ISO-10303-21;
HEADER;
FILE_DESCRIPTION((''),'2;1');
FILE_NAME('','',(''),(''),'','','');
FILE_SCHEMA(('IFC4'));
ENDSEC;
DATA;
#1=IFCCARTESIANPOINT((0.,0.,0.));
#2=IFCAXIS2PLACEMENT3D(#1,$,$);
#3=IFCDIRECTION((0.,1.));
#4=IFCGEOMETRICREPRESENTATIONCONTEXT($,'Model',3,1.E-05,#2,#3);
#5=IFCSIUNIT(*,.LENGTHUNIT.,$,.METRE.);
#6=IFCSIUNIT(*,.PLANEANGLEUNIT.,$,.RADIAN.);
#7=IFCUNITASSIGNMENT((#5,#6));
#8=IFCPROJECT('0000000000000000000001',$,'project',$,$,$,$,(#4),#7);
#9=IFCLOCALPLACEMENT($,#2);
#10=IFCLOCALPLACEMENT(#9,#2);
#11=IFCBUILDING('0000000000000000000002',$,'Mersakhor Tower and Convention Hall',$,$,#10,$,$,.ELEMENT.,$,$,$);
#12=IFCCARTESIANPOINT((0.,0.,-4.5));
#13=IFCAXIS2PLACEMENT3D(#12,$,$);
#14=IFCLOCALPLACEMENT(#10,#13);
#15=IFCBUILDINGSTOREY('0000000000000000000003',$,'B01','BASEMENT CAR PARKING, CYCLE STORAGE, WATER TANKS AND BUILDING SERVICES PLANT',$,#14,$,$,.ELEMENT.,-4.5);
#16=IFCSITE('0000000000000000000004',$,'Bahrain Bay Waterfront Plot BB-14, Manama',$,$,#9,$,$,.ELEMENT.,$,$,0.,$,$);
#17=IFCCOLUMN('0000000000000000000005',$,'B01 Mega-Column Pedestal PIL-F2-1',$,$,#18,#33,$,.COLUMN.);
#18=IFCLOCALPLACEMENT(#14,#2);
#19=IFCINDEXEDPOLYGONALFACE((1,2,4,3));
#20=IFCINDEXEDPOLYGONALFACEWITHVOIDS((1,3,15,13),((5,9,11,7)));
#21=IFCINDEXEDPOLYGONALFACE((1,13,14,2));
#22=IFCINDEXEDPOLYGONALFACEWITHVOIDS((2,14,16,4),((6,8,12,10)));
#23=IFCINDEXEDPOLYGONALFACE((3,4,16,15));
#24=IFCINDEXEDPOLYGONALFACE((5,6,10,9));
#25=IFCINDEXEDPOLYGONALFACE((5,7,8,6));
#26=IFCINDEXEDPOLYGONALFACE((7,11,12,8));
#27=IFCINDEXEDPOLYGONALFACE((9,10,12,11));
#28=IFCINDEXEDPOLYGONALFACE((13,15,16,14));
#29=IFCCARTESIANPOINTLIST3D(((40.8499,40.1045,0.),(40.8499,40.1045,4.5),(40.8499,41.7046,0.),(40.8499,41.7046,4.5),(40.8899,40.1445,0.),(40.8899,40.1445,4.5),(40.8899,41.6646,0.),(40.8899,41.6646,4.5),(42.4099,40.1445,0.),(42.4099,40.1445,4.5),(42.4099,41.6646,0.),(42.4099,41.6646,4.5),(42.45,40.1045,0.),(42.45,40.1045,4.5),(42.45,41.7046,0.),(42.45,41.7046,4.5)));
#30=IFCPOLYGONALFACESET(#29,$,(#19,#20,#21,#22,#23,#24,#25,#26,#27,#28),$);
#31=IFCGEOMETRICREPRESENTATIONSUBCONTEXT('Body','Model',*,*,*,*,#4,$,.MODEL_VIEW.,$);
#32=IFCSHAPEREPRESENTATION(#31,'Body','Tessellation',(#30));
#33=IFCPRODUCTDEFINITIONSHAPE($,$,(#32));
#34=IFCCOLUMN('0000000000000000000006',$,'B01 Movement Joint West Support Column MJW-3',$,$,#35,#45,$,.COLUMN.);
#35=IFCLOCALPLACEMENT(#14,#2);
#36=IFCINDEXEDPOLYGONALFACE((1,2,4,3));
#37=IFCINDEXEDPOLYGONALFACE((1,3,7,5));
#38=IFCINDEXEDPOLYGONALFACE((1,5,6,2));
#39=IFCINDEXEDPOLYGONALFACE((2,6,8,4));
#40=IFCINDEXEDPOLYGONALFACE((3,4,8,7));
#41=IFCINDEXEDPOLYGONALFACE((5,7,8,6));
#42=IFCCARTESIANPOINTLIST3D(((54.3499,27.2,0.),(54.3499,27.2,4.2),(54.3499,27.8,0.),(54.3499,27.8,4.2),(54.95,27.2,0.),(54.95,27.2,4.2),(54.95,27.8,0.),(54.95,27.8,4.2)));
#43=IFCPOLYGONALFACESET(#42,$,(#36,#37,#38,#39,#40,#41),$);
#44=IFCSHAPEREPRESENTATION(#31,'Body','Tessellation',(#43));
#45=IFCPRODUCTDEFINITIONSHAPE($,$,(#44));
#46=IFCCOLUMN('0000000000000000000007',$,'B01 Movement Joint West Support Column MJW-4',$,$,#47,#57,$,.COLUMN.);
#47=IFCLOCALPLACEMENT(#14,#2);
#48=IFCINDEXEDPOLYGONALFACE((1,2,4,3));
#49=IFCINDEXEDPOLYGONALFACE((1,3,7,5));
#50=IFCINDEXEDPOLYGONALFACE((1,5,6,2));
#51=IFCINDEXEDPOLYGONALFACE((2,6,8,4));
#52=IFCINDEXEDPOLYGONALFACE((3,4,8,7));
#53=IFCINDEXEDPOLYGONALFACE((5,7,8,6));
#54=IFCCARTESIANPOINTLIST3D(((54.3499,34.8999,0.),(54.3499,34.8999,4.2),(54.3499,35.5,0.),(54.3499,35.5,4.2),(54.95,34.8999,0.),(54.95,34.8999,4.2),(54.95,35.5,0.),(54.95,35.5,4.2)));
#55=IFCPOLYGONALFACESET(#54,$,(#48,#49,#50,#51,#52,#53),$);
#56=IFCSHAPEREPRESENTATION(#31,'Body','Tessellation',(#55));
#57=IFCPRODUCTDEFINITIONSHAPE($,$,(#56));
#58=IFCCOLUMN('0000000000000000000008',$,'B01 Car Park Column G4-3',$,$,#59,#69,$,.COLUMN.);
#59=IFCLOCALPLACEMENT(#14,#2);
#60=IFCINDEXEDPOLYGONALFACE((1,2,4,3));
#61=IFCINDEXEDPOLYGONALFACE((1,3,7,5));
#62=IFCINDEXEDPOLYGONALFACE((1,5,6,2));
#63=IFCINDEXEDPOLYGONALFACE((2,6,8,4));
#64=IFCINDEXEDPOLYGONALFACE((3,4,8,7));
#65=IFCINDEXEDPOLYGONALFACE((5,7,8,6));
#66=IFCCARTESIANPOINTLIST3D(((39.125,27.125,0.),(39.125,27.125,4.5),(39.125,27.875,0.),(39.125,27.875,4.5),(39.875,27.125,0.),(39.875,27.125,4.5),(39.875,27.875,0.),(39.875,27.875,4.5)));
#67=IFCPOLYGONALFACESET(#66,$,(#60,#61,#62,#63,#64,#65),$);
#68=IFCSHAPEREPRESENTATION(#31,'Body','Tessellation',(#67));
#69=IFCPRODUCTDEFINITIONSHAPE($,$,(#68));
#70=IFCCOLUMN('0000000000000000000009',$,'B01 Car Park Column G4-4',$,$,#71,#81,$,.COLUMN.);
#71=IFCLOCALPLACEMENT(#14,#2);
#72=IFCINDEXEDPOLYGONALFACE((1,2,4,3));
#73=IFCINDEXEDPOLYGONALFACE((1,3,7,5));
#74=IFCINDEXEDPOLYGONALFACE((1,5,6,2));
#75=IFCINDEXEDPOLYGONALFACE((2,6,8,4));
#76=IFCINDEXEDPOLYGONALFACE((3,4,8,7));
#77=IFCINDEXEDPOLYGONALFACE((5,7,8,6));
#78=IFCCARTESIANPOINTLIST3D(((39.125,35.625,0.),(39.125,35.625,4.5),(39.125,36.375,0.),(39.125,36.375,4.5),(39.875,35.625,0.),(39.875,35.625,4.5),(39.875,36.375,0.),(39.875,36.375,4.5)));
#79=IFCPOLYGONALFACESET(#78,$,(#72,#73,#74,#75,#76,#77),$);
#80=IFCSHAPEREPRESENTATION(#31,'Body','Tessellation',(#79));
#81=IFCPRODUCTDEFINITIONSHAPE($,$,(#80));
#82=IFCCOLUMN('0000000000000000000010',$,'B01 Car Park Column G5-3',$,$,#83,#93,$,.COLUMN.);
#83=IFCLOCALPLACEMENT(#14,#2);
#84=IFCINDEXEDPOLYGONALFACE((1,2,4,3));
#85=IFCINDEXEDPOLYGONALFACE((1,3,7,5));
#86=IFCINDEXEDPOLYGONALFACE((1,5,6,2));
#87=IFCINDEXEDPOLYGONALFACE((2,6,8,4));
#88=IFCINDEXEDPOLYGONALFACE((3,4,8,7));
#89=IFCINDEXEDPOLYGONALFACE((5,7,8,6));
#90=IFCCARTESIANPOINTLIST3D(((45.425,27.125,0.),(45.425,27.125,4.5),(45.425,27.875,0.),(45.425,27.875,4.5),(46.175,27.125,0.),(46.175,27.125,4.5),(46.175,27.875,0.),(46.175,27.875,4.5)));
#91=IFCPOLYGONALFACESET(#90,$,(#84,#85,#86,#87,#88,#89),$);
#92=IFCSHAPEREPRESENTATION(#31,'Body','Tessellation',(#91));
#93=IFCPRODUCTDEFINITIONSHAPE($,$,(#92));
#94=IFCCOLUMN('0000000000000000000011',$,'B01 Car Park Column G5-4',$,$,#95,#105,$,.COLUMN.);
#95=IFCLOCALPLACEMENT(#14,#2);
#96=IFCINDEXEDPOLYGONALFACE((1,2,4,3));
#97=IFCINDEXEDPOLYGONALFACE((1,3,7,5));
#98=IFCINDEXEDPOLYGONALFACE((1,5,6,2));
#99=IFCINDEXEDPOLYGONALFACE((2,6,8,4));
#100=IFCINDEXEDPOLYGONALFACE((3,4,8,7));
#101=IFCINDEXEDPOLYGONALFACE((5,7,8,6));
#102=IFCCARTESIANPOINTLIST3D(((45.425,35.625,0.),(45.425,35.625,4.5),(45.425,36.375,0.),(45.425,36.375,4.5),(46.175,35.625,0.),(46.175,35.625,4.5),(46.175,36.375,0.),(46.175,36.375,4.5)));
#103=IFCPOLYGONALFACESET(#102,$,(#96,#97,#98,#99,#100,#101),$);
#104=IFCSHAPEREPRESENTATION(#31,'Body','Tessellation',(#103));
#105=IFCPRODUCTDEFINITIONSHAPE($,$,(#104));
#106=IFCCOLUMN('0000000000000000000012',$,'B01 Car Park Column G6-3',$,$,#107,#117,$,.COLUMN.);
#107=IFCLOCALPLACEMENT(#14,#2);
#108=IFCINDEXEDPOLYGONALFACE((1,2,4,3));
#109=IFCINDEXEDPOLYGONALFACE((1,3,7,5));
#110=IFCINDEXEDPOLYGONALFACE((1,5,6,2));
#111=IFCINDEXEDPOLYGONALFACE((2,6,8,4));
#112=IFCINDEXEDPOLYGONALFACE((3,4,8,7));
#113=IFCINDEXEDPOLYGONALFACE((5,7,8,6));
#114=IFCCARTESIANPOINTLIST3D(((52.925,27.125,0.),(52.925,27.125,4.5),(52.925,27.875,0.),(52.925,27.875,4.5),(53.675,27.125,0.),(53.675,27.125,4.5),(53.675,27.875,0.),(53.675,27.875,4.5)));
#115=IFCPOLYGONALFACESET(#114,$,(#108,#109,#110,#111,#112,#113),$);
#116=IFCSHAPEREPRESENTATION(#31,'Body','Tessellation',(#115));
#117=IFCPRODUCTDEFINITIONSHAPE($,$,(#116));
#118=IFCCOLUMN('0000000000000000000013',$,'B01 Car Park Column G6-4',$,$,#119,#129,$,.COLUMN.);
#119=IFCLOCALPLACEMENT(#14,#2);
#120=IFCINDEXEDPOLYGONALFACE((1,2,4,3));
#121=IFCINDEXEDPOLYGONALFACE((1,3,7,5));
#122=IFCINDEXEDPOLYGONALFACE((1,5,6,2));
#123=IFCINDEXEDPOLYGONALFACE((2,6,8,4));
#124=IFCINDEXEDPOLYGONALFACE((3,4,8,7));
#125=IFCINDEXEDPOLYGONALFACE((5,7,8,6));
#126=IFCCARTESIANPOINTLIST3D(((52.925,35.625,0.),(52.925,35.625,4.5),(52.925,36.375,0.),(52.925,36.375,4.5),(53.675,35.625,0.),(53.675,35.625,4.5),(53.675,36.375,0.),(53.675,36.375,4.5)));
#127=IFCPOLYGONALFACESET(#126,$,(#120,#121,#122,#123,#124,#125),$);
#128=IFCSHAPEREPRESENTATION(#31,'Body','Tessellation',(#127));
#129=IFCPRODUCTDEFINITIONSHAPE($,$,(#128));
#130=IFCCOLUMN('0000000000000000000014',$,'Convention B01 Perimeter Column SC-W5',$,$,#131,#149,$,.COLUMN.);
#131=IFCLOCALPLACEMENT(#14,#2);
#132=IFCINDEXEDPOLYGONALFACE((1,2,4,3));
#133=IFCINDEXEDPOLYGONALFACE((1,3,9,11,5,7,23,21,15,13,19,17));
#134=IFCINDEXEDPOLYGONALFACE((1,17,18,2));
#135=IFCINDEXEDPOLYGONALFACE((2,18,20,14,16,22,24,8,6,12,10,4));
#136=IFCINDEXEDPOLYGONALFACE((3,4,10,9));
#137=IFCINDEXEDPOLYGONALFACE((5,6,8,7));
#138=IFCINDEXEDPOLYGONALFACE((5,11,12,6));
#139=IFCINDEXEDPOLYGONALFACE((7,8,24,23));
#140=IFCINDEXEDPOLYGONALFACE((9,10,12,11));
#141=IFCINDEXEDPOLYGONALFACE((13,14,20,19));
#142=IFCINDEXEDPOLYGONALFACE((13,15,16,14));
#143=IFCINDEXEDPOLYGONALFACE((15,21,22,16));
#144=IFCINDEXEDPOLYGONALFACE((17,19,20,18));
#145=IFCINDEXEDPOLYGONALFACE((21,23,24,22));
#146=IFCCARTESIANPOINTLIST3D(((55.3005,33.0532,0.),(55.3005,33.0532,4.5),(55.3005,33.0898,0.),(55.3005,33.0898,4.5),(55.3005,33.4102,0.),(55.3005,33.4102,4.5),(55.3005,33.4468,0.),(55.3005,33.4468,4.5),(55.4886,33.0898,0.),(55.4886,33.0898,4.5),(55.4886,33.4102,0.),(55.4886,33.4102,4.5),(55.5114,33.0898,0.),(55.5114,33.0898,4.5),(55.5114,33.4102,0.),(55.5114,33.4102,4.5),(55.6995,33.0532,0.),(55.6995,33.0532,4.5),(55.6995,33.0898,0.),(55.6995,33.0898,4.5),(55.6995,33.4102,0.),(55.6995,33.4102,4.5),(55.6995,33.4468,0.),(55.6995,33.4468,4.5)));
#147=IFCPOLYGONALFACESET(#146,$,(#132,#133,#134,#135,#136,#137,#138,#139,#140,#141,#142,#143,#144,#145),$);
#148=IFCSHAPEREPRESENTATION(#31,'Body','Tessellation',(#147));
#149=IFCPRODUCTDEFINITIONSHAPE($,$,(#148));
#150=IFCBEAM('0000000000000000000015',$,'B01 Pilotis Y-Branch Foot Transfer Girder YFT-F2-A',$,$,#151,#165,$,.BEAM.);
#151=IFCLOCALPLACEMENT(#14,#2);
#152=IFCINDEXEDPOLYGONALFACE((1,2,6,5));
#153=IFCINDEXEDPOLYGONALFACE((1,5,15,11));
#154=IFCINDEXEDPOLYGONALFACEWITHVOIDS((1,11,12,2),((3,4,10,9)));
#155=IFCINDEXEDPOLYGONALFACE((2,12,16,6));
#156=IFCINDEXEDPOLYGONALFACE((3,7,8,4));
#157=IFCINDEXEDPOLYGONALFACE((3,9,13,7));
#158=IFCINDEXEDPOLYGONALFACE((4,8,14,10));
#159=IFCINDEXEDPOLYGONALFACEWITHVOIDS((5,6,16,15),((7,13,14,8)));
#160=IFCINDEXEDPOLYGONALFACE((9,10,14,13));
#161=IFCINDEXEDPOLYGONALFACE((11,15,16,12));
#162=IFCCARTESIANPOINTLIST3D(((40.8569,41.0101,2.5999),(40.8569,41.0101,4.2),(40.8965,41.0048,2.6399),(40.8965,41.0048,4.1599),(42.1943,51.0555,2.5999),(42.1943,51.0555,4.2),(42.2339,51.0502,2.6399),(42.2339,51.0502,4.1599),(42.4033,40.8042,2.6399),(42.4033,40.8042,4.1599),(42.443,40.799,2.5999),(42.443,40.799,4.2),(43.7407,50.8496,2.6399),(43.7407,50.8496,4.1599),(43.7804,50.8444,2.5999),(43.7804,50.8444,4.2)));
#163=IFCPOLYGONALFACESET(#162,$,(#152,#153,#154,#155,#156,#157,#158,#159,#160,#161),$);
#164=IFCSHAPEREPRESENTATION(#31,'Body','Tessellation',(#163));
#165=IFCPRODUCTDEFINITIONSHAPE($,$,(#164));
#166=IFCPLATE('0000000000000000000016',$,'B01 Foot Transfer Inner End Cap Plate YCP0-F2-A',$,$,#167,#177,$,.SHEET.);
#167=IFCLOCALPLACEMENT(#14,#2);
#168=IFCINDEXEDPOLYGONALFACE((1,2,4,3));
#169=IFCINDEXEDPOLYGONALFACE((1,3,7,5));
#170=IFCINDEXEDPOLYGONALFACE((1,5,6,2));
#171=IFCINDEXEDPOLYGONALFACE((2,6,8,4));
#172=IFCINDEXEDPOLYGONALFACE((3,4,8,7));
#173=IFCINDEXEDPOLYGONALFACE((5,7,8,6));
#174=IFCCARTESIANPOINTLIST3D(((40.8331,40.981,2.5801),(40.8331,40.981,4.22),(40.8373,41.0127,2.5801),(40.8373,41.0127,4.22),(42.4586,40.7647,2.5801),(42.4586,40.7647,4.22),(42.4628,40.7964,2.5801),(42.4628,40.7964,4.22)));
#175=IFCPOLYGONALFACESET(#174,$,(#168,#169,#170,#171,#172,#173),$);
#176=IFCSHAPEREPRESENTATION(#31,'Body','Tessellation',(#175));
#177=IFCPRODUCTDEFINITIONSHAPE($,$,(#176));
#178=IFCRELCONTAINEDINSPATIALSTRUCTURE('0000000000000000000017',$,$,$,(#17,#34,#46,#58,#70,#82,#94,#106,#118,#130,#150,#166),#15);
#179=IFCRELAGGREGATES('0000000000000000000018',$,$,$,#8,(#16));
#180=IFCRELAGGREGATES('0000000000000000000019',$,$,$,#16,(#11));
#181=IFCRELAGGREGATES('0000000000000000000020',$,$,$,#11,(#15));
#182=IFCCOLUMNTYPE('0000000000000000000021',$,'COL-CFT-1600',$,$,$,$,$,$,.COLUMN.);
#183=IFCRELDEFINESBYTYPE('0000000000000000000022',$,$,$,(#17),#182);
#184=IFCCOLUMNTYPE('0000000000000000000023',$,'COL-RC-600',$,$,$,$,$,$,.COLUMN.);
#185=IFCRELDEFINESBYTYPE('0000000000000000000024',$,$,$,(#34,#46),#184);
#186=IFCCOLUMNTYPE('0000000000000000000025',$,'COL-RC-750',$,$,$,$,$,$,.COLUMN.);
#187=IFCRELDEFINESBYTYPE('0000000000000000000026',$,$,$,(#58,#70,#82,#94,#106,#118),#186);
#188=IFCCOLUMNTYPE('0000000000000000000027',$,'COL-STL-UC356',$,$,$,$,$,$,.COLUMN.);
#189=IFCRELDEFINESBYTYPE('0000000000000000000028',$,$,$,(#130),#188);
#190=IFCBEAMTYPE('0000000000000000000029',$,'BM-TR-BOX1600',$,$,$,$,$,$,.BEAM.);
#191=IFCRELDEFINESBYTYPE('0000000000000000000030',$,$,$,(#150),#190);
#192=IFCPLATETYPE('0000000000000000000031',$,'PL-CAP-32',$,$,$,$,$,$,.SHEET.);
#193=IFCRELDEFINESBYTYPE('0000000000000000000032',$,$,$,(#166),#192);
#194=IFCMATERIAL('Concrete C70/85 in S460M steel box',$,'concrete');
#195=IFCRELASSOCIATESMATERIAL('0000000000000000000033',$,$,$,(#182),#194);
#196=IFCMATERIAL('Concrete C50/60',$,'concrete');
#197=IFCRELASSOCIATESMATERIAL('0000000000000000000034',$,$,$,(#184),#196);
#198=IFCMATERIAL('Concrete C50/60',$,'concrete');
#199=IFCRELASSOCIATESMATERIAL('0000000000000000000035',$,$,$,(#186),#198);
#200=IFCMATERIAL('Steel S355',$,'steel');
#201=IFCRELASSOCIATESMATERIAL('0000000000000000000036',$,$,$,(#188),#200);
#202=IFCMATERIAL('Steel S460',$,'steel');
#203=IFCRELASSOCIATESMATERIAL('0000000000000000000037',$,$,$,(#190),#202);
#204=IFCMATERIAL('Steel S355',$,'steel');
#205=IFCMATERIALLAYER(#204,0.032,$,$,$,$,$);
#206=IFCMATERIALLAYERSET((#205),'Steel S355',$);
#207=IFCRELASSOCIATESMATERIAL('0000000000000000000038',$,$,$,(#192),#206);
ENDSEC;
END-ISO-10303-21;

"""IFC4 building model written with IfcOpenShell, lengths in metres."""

from ifc_helpers import new_model, si_unit, direction, frame, origin, origin_2d, place, context, subcontext, project, spatial, rectangle, hollow_rectangle, i_section, extrude, material, layer, layer_set, material_profile, profile_set, type_object, element, save


model = new_model("IFC4")

# Units and contexts
model_context = context("Model", 3, precision=1e-05, world=origin(), true_north=direction((0.0, 1.0)))
body_context = subcontext(model_context, "Body", "Model", "MODEL_VIEW")
ifc_project = project(units=[si_unit("LENGTHUNIT", "METRE"), si_unit("PLANEANGLEUNIT", "RADIAN")], contexts=[model_context])

# Site, building, storey
site_placement = place(None, origin())
site = spatial("IfcSite", under=ifc_project, at=site_placement, Name="Bahrain Bay Waterfront Plot BB-14, Manama", CompositionType="ELEMENT", RefElevation=0.0)
building_placement = place(site_placement, origin())
building = spatial("IfcBuilding", under=site, at=building_placement, Name="Mersakhor Tower and Convention Hall", CompositionType="ELEMENT")
storey_placement = place(building_placement, frame((0.0, 0.0, -4.5)))
storey = spatial("IfcBuildingStorey", under=building, at=storey_placement, Name="B01", Description="BASEMENT CAR PARKING, CYCLE STORAGE, WATER TANKS AND BUILDING SERVICES PLANT", CompositionType="ELEMENT", Elevation=-4.5)

# Columns
ifc_material_1 = material(Name="Concrete C70/85 in S460M steel box", Category="concrete")
ifc_material_profile_1 = material_profile(ifc_material_1, hollow_rectangle(XDim=1.6001, YDim=1.6001, WallThickness=0.04, at=origin_2d()), Name="SHS 1600x1600x40")
ifc_profile_set_1 = profile_set([ifc_material_profile_1], Name="Concrete C70/85 in S460M steel box")
column_type_1 = type_object("IfcColumnType", Name="COL-CFT-1600", PredefinedType="COLUMN", material=ifc_profile_set_1)
column_1_placement = place(storey_placement, frame((41.6499, 40.9045, 0.0), z_axis=(0.0, 0.0, 1.0), x_axis=(1.0, 0.0, 0.0)))
element("IfcColumn", 1, at=column_1_placement, inside=storey, type_object=column_type_1, Name="B01 Mega-Column Pedestal PIL-F2-1", PredefinedType="COLUMN", context=body_context, shape_type="SweptSolid", body=[
    extrude(hollow_rectangle(XDim=1.6001, YDim=1.6001, WallThickness=0.04, at=origin_2d()), origin(), (0.0, 0.0, 1.0), 4.5),
])
ifc_material_2 = material(Name="Concrete C50/60", Category="concrete")
ifc_material_profile_2 = material_profile(ifc_material_2, rectangle(XDim=0.6001, YDim=0.6001, at=origin_2d()), Name="RC 600x600")
ifc_profile_set_2 = profile_set([ifc_material_profile_2], Name="Concrete C50/60")
column_type_2 = type_object("IfcColumnType", Name="COL-RC-600", PredefinedType="COLUMN", material=ifc_profile_set_2)
for number, where, z_axis, x_axis, name in (
    (2, (54.6499, 27.5, 0.0), (0.0, 0.0, 1.0), (1.0, 0.0, 0.0), "B01 Movement Joint West Support Column MJW-3"),
    (3, (54.6499, 35.2, 0.0), (0.0, 0.0, 1.0), (1.0, 0.0, 0.0), "B01 Movement Joint West Support Column MJW-4"),
):
    element("IfcColumn", number, at=place(storey_placement, frame(where, z_axis=z_axis, x_axis=x_axis)), inside=storey, type_object=column_type_2, Name=name, PredefinedType="COLUMN", context=body_context, shape_type="SweptSolid", body=[
        extrude(rectangle(XDim=0.6001, YDim=0.6001, at=origin_2d()), origin(), (0.0, 0.0, 1.0), 4.2),
    ])
ifc_material_3 = material(Name="Concrete C50/60", Category="concrete")
ifc_material_profile_3 = material_profile(ifc_material_3, rectangle(XDim=0.75, YDim=0.75, at=origin_2d()), Name="RC 750x750")
ifc_profile_set_3 = profile_set([ifc_material_profile_3], Name="Concrete C50/60")
column_type_3 = type_object("IfcColumnType", Name="COL-RC-750", PredefinedType="COLUMN", material=ifc_profile_set_3)
for number, where, z_axis, x_axis, name in (
    (4, (39.5, 27.5, 0.0), (0.0, 0.0, 1.0), (1.0, 0.0, 0.0), "B01 Car Park Column G4-3"),
    (5, (39.5, 36.0, 0.0), (0.0, 0.0, 1.0), (1.0, 0.0, 0.0), "B01 Car Park Column G4-4"),
    (6, (45.8, 27.5, 0.0), (0.0, 0.0, 1.0), (1.0, 0.0, 0.0), "B01 Car Park Column G5-3"),
    (7, (45.8, 36.0, 0.0), (0.0, 0.0, 1.0), (1.0, 0.0, 0.0), "B01 Car Park Column G5-4"),
    (8, (53.3, 27.5, 0.0), (0.0, 0.0, 1.0), (1.0, 0.0, 0.0), "B01 Car Park Column G6-3"),
    (9, (53.3, 36.0, 0.0), (0.0, 0.0, 1.0), (1.0, 0.0, 0.0), "B01 Car Park Column G6-4"),
):
    element("IfcColumn", number, at=place(storey_placement, frame(where, z_axis=z_axis, x_axis=x_axis)), inside=storey, type_object=column_type_3, Name=name, PredefinedType="COLUMN", context=body_context, shape_type="SweptSolid", body=[
        extrude(rectangle(XDim=0.75, YDim=0.75, at=origin_2d()), origin(), (0.0, 0.0, 1.0), 4.5),
    ])
ifc_material_4 = material(Name="Steel S355", Category="steel")
ifc_material_profile_4 = material_profile(ifc_material_4, i_section(OverallWidth=0.3989, OverallDepth=0.3936, WebThickness=0.0227, FlangeThickness=0.0366, at=origin_2d()), Name="UC 356x406x287")
ifc_profile_set_4 = profile_set([ifc_material_profile_4], Name="Steel S355")
column_type_4 = type_object("IfcColumnType", Name="COL-STL-UC356", PredefinedType="COLUMN", material=ifc_profile_set_4)
column_2_placement = place(storey_placement, frame((55.5, 33.25, 0.0), z_axis=(0.0, 0.0, 1.0), x_axis=(1.0, 0.0, 0.0)))
element("IfcColumn", 10, at=column_2_placement, inside=storey, type_object=column_type_4, Name="Convention B01 Perimeter Column SC-W5", PredefinedType="COLUMN", context=body_context, shape_type="SweptSolid", body=[
    extrude(i_section(OverallWidth=0.3989, OverallDepth=0.3936, WebThickness=0.0227, FlangeThickness=0.0366, at=origin_2d()), origin(), (0.0, 0.0, 1.0), 4.5),
])

# Beam
ifc_material_5 = material(Name="Steel S460", Category="steel")
ifc_material_profile_5 = material_profile(ifc_material_5, hollow_rectangle(XDim=1.6001, YDim=1.6001, WallThickness=0.04, at=origin_2d()), Name="SHS 1600x1600x40")
ifc_profile_set_5 = profile_set([ifc_material_profile_5], Name="Steel S460")
beam_type = type_object("IfcBeamType", Name="BM-TR-BOX1600", PredefinedType="BEAM", material=ifc_profile_set_5)
beam_placement = place(storey_placement, frame((41.6499, 40.9045, 3.3999), z_axis=(0.131971, 0.991254, 0.0), x_axis=(-0.991254, 0.131971, 0.0)))
element("IfcBeam", 11, at=beam_placement, inside=storey, type_object=beam_type, Name="B01 Pilotis Y-Branch Foot Transfer Girder YFT-F2-A", PredefinedType="BEAM", context=body_context, shape_type="SweptSolid", body=[
    extrude(hollow_rectangle(XDim=1.6001, YDim=1.6001, WallThickness=0.04, at=origin_2d()), origin(), (0.0, 0.0, 1.0), 10.134),
])

# Plate
ifc_material_6 = material(Name="Steel S355", Category="steel")
ifc_layer_1 = layer(ifc_material_6, 0.032)
ifc_layer_set_1 = layer_set([ifc_layer_1], Name="Steel S355")
plate_type = type_object("IfcPlateType", Name="PL-CAP-32", PredefinedType="SHEET", material=ifc_layer_set_1)
plate_placement = place(storey_placement, frame((41.6479, 40.8887, 2.5801), z_axis=(0.0, 0.0, 1.0), x_axis=(0.13191, 0.991262, 0.0)))
element("IfcPlate", 12, at=plate_placement, inside=storey, type_object=plate_type, Name="B01 Foot Transfer Inner End Cap Plate YCP0-F2-A", PredefinedType="SHEET", context=body_context, shape_type="SweptSolid", body=[
    extrude(rectangle(XDim=0.032, YDim=1.6399, at=origin_2d()), origin(), (0.0, 0.0, 1.0), 1.6399),
])

save(model, "model.ifc")
